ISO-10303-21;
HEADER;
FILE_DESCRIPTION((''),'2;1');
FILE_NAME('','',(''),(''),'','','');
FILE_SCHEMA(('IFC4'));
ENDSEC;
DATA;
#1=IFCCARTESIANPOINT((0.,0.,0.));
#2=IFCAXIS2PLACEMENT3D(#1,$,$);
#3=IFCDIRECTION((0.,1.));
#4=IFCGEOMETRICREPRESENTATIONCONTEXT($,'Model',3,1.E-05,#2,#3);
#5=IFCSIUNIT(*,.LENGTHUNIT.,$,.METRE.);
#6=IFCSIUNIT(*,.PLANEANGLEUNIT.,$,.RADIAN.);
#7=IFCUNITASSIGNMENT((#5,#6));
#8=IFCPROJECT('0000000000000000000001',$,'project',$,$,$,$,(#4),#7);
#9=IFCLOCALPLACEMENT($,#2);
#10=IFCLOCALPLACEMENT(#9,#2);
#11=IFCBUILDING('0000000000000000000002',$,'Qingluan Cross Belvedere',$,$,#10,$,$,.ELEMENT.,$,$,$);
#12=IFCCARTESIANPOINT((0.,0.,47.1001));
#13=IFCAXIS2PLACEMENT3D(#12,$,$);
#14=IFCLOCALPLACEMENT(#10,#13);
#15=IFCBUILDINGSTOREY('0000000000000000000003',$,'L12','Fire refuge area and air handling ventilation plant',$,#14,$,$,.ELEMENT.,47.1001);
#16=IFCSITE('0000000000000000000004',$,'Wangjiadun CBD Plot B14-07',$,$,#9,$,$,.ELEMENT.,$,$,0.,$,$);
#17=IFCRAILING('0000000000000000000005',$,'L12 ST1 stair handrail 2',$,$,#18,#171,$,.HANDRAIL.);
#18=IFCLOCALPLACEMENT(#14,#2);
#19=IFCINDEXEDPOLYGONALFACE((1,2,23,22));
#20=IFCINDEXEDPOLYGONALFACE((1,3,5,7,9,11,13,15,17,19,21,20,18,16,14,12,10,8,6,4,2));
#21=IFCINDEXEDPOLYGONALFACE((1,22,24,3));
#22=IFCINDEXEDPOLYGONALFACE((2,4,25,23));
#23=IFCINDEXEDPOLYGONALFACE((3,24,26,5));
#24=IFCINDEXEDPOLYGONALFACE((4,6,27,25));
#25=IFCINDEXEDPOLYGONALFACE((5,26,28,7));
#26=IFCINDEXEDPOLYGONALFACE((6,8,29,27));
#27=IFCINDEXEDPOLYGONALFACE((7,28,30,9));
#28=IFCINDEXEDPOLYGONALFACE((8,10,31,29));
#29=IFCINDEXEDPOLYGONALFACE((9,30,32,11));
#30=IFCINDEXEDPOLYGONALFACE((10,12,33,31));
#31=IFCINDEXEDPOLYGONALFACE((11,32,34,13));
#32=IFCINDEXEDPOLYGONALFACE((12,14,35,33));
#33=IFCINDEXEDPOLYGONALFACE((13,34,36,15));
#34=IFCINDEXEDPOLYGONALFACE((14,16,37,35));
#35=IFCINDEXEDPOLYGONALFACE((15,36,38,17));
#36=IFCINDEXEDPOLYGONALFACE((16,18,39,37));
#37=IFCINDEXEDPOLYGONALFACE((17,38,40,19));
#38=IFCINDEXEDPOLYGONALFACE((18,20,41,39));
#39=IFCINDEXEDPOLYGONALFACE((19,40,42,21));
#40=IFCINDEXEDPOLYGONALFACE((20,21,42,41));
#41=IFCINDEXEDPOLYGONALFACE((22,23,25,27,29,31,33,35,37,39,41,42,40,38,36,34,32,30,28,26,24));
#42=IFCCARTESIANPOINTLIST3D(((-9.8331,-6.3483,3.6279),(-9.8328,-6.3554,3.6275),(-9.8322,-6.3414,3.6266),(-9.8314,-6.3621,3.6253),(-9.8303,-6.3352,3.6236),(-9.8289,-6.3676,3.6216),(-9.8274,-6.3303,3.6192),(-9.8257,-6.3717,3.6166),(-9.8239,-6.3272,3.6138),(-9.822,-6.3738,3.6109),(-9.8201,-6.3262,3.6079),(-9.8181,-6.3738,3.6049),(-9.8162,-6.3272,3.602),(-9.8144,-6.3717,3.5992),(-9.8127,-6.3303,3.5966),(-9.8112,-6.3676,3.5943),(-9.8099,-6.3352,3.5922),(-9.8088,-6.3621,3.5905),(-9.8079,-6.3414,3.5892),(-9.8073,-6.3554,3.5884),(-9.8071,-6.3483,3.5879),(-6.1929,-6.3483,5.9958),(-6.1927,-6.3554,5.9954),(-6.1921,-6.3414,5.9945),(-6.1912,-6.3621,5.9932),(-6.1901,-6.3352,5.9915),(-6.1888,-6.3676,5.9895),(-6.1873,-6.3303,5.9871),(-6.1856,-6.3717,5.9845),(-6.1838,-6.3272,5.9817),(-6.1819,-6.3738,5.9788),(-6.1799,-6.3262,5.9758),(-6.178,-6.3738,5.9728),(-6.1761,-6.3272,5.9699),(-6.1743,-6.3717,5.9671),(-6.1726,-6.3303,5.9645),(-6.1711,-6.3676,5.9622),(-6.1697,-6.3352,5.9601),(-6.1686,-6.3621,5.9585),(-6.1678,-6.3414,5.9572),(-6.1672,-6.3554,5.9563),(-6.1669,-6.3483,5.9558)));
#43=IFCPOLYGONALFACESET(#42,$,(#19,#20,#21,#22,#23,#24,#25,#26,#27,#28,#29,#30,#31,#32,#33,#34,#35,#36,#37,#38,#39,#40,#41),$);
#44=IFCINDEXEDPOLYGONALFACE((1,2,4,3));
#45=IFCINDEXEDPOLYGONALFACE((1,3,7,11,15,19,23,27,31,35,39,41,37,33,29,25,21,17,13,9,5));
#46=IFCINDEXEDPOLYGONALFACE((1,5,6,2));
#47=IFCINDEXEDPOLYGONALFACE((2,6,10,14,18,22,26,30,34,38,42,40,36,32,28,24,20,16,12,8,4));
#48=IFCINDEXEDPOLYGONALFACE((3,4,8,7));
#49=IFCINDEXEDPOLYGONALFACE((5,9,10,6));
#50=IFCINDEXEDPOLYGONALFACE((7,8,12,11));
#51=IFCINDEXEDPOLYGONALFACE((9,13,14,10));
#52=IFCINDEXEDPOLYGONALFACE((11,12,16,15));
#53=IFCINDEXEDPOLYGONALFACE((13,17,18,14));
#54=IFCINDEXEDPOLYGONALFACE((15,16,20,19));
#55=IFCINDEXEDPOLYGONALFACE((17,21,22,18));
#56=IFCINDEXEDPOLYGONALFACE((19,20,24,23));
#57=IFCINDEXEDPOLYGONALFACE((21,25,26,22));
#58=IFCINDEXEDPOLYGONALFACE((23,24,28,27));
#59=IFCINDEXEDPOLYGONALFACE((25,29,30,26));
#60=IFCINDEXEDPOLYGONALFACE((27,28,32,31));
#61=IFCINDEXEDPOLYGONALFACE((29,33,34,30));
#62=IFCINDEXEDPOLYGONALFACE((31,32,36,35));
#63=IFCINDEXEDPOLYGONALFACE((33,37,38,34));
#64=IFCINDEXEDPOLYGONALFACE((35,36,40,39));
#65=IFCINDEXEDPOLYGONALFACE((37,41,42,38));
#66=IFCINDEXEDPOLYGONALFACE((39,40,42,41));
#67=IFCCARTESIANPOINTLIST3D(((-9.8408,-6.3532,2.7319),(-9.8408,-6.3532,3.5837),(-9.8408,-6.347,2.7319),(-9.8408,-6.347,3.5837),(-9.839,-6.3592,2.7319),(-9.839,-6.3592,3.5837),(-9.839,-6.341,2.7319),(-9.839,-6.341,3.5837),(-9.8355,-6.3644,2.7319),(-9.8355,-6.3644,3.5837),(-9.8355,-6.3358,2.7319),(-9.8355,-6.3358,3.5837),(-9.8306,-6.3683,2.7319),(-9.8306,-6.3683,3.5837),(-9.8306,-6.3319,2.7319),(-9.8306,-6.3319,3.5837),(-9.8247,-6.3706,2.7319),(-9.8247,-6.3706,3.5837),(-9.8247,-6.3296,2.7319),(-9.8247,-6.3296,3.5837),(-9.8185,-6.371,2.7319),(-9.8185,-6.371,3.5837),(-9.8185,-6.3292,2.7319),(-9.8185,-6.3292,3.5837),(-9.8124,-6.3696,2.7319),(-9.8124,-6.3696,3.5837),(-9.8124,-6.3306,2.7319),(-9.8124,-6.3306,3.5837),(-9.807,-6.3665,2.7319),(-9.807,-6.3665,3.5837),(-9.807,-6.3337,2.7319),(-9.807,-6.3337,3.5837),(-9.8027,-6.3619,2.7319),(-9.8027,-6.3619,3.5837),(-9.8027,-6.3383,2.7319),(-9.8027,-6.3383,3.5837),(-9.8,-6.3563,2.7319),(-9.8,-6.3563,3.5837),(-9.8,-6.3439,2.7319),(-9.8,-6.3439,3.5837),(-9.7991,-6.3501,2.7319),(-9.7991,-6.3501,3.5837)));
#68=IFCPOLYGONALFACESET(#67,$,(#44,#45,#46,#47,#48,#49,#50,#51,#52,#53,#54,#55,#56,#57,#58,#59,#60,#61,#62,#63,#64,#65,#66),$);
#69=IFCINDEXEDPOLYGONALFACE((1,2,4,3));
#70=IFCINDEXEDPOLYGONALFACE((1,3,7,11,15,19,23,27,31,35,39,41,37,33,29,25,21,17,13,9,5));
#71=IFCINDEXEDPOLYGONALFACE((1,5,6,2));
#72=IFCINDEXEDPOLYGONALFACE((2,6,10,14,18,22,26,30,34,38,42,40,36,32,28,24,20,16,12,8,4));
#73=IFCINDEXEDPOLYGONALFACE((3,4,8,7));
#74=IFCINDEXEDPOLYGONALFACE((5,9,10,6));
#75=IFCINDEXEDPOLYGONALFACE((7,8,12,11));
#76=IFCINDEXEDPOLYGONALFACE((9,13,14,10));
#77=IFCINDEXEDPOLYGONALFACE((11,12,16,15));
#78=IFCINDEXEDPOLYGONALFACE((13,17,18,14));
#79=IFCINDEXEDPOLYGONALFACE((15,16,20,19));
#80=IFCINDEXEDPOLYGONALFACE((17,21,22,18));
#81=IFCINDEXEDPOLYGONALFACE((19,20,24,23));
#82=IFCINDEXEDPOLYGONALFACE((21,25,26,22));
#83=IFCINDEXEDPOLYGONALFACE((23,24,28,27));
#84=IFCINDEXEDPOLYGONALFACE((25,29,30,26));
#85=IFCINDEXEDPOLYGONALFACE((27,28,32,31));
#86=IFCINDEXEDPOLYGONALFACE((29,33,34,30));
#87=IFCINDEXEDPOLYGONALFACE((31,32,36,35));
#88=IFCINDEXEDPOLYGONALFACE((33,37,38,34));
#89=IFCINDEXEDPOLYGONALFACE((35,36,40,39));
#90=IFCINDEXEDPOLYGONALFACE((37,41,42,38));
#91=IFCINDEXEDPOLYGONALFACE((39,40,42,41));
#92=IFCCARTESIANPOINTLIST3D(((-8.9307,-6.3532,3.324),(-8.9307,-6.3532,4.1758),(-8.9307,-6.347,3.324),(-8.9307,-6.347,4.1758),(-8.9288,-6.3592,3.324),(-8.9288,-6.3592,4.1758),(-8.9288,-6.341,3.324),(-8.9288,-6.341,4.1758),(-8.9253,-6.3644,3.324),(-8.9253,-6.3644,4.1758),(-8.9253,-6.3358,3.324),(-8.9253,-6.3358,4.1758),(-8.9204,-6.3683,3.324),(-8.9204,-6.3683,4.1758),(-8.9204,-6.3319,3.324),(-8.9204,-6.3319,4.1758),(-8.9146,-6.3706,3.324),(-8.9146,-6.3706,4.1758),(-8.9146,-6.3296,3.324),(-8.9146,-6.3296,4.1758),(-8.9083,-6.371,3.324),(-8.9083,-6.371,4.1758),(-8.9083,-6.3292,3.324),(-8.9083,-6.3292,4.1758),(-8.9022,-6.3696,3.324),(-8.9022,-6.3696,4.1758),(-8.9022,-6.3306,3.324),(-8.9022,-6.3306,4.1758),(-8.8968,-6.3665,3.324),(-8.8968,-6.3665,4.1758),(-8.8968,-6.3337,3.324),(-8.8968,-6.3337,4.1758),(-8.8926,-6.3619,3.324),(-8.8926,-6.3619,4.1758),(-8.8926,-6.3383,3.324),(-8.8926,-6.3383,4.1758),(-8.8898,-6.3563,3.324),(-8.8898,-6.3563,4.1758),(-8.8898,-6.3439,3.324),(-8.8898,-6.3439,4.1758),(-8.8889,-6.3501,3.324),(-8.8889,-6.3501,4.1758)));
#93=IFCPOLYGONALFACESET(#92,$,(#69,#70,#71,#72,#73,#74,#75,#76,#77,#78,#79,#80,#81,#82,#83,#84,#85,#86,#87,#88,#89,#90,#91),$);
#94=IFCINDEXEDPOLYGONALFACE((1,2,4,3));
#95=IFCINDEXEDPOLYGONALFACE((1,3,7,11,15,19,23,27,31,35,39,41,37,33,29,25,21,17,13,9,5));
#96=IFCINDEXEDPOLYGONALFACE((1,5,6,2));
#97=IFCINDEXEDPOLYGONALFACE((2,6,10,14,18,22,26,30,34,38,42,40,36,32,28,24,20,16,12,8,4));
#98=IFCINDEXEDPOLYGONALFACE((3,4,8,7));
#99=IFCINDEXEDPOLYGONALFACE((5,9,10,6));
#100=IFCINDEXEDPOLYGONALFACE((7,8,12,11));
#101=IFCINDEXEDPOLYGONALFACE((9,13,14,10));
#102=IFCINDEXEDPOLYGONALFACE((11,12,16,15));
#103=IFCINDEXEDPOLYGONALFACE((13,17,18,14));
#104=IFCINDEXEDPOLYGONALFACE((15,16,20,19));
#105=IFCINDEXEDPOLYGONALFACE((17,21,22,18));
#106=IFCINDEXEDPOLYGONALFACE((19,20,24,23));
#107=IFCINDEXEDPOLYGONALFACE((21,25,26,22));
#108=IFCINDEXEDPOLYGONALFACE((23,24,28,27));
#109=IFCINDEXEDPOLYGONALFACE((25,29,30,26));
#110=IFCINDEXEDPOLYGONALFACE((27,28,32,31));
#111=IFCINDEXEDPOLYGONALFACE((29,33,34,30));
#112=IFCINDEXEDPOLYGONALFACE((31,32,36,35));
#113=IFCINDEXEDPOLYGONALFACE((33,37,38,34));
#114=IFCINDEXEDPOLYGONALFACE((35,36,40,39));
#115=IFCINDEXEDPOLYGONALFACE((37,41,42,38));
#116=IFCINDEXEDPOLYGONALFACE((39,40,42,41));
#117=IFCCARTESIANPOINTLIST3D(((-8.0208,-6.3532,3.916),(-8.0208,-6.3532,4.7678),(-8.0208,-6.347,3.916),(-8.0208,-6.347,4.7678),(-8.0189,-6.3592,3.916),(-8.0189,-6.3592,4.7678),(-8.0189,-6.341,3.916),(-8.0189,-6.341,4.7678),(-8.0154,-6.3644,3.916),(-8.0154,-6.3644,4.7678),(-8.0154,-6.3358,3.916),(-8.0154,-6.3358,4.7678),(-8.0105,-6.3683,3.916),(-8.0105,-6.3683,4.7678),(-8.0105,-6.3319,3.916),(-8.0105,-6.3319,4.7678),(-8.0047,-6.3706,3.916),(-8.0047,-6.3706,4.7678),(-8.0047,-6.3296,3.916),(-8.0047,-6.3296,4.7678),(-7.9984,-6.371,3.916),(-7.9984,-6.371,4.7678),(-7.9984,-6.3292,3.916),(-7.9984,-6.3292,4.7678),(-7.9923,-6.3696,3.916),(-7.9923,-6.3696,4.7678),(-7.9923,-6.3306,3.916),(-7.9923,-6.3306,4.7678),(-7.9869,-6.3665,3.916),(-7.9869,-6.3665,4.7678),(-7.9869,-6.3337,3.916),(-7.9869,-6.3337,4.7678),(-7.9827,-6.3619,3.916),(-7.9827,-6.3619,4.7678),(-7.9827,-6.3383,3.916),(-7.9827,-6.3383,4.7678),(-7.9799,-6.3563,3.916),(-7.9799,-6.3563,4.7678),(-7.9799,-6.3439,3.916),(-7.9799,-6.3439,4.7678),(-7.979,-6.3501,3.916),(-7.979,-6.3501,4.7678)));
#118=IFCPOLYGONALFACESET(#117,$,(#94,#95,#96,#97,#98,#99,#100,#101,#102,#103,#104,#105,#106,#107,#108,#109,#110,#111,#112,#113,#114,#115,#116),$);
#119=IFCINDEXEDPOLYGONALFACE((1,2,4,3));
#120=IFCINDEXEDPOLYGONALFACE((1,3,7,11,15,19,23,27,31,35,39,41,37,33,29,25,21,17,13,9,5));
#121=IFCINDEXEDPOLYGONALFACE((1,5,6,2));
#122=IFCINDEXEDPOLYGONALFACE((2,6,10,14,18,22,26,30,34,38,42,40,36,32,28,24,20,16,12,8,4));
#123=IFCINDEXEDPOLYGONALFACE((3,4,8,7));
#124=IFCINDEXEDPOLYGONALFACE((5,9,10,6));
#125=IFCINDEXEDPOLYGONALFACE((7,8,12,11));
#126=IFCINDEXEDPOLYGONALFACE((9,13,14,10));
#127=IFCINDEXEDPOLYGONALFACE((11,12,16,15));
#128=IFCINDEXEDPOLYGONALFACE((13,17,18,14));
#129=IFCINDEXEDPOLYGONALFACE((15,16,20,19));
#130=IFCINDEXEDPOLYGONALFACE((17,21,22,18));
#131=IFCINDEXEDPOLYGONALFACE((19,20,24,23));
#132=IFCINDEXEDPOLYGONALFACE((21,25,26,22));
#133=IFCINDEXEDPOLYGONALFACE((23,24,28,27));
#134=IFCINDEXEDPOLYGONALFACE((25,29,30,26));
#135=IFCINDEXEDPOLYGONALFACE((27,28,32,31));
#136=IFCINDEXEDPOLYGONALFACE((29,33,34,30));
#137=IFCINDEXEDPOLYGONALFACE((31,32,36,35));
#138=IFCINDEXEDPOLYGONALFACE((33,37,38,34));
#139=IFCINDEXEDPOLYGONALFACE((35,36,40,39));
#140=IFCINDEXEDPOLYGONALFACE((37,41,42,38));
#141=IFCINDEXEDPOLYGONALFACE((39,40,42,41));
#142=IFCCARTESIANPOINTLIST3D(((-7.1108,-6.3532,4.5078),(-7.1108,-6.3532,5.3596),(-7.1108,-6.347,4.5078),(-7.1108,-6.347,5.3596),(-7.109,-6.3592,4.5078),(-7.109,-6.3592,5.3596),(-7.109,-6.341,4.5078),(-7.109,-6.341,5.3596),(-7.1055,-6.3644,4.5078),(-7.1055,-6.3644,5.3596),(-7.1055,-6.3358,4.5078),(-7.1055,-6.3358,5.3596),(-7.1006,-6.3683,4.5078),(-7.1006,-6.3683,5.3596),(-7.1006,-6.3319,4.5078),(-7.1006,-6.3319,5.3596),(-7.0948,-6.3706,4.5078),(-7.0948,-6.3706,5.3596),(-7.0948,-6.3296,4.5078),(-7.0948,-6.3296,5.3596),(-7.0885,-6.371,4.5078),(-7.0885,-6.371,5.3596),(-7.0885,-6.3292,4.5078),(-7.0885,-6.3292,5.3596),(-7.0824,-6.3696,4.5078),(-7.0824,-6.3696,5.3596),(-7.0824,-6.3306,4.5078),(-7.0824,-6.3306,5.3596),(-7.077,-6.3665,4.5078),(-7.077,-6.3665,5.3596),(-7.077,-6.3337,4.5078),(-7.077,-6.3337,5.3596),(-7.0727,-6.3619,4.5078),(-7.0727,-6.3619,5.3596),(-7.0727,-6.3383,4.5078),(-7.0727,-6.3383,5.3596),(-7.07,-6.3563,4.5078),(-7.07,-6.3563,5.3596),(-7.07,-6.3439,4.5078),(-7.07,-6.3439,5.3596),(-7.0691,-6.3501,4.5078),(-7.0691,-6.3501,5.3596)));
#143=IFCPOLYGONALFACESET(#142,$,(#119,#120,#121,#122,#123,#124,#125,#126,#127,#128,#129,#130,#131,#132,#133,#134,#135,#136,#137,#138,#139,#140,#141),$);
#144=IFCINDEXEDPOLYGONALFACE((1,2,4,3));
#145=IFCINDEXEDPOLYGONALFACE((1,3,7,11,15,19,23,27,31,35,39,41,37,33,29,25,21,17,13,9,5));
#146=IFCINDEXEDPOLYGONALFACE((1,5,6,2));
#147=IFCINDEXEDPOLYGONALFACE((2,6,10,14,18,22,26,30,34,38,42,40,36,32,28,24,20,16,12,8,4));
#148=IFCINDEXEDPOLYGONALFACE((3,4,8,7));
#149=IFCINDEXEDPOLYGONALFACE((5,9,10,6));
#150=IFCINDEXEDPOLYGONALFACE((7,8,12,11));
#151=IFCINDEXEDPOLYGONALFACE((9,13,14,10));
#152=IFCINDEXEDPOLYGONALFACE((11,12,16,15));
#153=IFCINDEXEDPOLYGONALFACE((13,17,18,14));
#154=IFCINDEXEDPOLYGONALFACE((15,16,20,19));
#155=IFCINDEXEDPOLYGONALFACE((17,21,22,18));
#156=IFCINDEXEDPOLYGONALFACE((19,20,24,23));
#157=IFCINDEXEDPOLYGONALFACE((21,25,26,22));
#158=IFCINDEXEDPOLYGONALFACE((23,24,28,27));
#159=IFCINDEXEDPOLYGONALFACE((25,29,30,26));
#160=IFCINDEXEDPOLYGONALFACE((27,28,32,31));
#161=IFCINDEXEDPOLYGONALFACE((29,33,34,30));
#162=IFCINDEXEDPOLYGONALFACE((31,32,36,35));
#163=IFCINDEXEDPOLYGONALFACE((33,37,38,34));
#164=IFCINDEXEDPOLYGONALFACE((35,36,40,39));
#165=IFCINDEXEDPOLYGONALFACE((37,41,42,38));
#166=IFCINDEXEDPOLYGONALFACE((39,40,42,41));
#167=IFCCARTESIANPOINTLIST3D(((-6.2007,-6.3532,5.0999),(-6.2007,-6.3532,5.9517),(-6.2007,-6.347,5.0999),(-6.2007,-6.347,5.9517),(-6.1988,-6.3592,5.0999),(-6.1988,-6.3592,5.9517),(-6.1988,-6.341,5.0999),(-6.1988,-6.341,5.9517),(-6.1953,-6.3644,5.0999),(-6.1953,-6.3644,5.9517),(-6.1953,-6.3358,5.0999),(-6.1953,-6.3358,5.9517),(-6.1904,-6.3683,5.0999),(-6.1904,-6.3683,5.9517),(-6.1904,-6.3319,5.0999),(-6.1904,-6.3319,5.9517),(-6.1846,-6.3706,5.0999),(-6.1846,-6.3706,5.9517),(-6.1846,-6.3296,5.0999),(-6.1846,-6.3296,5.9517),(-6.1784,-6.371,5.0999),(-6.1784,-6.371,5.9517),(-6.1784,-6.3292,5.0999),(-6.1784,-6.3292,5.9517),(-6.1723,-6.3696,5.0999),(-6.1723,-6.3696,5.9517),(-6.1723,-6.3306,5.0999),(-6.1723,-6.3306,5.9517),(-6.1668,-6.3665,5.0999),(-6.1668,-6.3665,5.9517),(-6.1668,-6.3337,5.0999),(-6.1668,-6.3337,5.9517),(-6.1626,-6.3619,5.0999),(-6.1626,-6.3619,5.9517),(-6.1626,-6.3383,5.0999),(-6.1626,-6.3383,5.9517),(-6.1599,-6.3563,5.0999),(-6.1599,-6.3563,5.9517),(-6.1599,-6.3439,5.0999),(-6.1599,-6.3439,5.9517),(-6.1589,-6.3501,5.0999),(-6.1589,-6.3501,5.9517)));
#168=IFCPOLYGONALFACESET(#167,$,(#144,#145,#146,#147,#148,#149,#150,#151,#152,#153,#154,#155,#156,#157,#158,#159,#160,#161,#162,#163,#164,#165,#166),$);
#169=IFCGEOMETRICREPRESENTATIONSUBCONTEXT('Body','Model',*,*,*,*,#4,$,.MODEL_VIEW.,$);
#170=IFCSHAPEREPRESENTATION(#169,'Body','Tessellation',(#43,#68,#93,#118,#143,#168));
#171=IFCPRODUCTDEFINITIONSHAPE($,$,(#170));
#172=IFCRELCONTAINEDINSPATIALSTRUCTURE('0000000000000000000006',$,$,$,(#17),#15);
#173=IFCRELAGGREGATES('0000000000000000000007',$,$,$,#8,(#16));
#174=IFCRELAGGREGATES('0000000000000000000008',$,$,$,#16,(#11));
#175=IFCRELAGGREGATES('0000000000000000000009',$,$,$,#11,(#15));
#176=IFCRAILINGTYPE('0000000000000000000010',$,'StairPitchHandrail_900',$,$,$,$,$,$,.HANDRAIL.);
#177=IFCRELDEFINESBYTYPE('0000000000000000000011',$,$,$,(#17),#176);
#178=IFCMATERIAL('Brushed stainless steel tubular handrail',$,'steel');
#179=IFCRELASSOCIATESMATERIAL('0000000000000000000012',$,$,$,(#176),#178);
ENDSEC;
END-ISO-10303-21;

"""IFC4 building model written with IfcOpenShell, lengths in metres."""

from ifc_helpers import new_model, si_unit, direction, frame, origin, origin_2d, place, context, subcontext, project, spatial, circle, extrude, material, type_object, element, save


model = new_model("IFC4")

# Units and contexts
model_context = context("Model", 3, precision=1e-05, world=origin(), true_north=direction((0.0, 1.0)))
body_context = subcontext(model_context, "Body", "Model", "MODEL_VIEW")
ifc_project = project(units=[si_unit("LENGTHUNIT", "METRE"), si_unit("PLANEANGLEUNIT", "RADIAN")], contexts=[model_context])

# Site, building, storey
site_placement = place(None, origin())
site = spatial("IfcSite", under=ifc_project, at=site_placement, Name="Wangjiadun CBD Plot B14-07", CompositionType="ELEMENT", RefElevation=0.0)
building_placement = place(site_placement, origin())
building = spatial("IfcBuilding", under=site, at=building_placement, Name="Qingluan Cross Belvedere", CompositionType="ELEMENT")
storey_placement = place(building_placement, frame((0.0, 0.0, 47.1001)))
storey = spatial("IfcBuildingStorey", under=building, at=storey_placement, Name="L12", Description="Fire refuge area and air handling ventilation plant", CompositionType="ELEMENT", Elevation=47.1001)

# Railing
ifc_material_1 = material(Name="Brushed stainless steel tubular handrail", Category="steel")
railing_type_1 = type_object("IfcRailingType", Name="StairPitchHandrail_900", PredefinedType="HANDRAIL", material=ifc_material_1)
railing_1_placement = place(storey_placement, frame((-9.8201, -6.3501, 2.7319)))
element("IfcRailing", 1, at=railing_1_placement, inside=storey, type_object=railing_type_1, Name="L12 ST1 stair handrail 2", PredefinedType="HANDRAIL", context=body_context, shape_type="SweptSolid", body=[
    extrude(circle(Radius=0.0239, at=origin_2d()), frame((0.0, 0.0, 0.876), z_axis=(0.838251, 0.0, 0.545285), x_axis=(0.0, 1.0, 0.0)), (0.0, 0.0, 1.0), 4.3425),
    extrude(circle(Radius=0.021, at=origin_2d()), origin(), (0.0, 0.0, 1.0), 0.8518),
    extrude(circle(Radius=0.021, at=origin_2d()), frame((0.9102, 0.0, 0.592)), (0.0, 0.0, 1.0), 0.8518),
    extrude(circle(Radius=0.021, at=origin_2d()), frame((1.8201, 0.0, 1.1841)), (0.0, 0.0, 1.0), 0.8518),
    extrude(circle(Radius=0.021, at=origin_2d()), frame((2.73, 0.0, 1.7759)), (0.0, 0.0, 1.0), 0.8518),
    extrude(circle(Radius=0.021, at=origin_2d()), frame((3.6401, 0.0, 2.3679)), (0.0, 0.0, 1.0), 0.8518),
])

save(model, "model.ifc")
